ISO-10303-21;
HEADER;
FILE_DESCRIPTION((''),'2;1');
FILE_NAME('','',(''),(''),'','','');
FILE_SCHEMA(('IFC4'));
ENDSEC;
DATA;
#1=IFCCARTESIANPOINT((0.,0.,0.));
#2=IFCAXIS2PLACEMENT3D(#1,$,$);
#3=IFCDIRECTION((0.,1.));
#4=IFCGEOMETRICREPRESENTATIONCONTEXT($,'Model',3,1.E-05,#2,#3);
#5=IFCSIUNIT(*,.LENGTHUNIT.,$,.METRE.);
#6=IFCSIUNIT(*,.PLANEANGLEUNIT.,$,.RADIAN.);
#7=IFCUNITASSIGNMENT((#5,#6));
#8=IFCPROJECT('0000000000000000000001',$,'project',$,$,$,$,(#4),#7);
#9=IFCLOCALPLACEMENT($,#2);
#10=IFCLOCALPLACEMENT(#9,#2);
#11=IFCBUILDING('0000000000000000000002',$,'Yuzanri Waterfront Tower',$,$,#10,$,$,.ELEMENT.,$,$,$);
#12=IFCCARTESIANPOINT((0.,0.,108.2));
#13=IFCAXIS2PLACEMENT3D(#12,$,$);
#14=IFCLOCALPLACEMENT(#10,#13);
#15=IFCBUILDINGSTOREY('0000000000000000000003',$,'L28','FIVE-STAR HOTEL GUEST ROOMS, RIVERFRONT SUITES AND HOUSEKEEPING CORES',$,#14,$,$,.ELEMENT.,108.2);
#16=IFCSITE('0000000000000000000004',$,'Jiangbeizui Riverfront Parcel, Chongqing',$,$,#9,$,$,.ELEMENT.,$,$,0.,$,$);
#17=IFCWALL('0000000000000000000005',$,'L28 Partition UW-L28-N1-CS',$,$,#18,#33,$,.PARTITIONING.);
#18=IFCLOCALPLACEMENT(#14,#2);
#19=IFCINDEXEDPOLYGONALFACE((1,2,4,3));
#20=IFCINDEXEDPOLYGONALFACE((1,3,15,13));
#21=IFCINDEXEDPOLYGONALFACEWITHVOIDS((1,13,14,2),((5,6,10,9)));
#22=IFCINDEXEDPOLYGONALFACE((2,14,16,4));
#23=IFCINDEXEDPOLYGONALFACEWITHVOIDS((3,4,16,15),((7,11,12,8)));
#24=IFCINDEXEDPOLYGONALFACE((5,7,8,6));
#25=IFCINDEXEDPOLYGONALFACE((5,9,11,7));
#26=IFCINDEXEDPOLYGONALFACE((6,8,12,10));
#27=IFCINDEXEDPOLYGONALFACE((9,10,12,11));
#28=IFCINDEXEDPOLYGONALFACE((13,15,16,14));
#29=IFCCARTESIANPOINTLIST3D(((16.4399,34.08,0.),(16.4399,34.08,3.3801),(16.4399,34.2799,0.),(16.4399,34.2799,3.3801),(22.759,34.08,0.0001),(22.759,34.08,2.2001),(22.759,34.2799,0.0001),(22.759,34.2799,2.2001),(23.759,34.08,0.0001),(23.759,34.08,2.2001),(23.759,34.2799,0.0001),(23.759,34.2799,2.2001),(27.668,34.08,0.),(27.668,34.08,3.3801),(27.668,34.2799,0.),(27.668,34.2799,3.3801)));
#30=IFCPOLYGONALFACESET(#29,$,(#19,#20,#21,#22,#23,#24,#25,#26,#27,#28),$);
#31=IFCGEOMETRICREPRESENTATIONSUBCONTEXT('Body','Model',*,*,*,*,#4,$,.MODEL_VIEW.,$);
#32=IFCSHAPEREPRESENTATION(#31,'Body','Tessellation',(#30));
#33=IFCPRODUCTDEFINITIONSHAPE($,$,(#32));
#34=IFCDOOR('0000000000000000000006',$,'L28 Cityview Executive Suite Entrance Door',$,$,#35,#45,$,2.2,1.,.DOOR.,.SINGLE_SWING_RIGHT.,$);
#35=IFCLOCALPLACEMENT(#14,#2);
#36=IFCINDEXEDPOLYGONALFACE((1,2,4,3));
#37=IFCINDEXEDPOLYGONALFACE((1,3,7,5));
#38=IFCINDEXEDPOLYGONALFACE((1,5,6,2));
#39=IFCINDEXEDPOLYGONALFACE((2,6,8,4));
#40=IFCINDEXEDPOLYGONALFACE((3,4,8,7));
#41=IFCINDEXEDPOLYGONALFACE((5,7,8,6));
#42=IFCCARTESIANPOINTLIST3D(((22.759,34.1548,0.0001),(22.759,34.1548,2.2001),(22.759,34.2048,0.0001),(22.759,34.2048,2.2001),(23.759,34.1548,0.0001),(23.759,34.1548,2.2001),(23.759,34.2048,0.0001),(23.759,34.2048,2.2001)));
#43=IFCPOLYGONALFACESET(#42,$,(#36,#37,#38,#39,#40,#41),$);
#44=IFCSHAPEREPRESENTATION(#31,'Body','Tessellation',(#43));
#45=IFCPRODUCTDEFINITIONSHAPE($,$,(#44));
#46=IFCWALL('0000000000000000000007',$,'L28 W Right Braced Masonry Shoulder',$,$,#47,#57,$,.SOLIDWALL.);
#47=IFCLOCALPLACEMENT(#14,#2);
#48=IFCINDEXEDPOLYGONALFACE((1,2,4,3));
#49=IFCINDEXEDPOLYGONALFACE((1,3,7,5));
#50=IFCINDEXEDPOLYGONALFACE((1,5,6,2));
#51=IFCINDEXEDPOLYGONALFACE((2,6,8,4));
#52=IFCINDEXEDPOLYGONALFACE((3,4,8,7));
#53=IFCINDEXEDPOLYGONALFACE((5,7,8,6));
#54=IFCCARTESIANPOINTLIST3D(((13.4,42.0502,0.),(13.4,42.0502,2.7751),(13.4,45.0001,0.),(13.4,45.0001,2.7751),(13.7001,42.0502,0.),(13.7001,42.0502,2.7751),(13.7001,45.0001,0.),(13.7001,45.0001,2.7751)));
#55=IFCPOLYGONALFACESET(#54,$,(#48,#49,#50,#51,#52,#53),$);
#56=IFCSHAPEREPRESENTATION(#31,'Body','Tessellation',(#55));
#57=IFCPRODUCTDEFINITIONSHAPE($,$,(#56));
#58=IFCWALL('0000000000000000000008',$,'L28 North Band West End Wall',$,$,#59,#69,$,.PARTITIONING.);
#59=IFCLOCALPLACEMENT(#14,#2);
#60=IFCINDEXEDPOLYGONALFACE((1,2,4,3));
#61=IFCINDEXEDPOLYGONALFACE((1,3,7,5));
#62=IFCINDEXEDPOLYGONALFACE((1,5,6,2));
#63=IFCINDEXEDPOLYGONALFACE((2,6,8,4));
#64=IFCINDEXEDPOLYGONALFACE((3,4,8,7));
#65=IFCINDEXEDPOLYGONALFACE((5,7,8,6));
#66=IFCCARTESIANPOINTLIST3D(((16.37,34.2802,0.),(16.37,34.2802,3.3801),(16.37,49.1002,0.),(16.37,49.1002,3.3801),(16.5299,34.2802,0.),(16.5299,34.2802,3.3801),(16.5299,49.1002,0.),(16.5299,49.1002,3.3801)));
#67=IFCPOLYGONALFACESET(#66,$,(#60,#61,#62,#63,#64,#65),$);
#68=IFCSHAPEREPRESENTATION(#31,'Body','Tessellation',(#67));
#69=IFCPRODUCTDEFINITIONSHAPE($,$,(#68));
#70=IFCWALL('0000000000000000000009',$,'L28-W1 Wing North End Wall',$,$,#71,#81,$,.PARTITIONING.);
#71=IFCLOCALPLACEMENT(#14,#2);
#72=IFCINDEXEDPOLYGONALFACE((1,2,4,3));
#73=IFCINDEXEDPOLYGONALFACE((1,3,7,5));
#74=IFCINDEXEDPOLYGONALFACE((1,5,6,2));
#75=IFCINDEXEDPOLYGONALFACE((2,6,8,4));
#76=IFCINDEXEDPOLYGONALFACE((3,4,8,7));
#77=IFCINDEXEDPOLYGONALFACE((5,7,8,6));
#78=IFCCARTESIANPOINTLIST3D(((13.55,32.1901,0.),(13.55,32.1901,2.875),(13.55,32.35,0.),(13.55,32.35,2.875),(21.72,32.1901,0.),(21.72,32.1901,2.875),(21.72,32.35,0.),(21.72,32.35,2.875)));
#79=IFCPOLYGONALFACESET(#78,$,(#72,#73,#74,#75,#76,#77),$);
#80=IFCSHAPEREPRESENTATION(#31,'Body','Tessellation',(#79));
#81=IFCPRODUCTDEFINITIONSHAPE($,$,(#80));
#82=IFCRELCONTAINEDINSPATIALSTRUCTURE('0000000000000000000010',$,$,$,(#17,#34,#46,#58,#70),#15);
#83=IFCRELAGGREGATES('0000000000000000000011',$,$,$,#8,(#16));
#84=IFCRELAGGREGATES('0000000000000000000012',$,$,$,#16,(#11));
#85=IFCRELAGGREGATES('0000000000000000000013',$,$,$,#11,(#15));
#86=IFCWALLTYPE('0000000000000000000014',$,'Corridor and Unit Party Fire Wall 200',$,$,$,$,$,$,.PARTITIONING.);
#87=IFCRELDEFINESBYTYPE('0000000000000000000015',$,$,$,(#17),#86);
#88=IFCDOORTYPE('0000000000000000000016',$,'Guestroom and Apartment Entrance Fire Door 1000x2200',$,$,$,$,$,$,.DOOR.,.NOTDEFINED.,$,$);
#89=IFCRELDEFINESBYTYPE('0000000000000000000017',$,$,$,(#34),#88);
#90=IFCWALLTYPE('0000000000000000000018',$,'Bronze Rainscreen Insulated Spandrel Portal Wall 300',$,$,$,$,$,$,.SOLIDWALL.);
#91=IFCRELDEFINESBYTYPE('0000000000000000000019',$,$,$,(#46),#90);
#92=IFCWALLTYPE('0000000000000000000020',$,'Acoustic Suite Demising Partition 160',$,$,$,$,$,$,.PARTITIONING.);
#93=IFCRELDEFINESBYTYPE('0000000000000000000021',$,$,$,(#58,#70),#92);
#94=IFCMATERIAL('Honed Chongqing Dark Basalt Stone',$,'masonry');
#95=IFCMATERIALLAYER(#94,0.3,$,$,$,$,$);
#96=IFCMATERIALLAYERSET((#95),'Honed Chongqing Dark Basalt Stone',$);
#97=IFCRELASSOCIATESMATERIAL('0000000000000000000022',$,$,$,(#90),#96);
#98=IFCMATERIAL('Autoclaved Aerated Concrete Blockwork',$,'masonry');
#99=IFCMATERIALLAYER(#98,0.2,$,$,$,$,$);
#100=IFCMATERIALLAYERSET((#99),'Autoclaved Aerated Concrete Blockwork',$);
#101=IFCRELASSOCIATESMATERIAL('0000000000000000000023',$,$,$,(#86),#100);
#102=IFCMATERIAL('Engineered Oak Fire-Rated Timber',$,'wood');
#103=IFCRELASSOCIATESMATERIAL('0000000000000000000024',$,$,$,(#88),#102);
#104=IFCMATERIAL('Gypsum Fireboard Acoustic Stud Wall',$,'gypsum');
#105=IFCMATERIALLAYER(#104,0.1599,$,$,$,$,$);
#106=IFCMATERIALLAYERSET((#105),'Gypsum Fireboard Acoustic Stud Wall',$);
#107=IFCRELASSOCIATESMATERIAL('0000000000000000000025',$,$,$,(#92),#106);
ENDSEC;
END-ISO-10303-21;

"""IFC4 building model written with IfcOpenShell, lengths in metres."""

from ifc_helpers import new_model, si_unit, direction, frame, frame_2d, origin, place, context, subcontext, project, spatial, rectangle, extrude, source, transform, mapped, material, layer, layer_set, type_object, element, fill, save


model = new_model("IFC4")

# Units and contexts
model_context = context("Model", 3, precision=1e-05, world=origin(), true_north=direction((0.0, 1.0)))
body_context = subcontext(model_context, "Body", "Model", "MODEL_VIEW")
ifc_project = project(units=[si_unit("LENGTHUNIT", "METRE"), si_unit("PLANEANGLEUNIT", "RADIAN")], contexts=[model_context])

# Site, building, storey
site_placement = place(None, origin())
site = spatial("IfcSite", under=ifc_project, at=site_placement, Name="Jiangbeizui Riverfront Parcel, Chongqing", CompositionType="ELEMENT", RefElevation=0.0)
building_placement = place(site_placement, origin())
building = spatial("IfcBuilding", under=site, at=building_placement, Name="Yuzanri Waterfront Tower", CompositionType="ELEMENT")
storey_placement = place(building_placement, frame((0.0, 0.0, 108.2)))
storey = spatial("IfcBuildingStorey", under=building, at=storey_placement, Name="L28", Description="FIVE-STAR HOTEL GUEST ROOMS, RIVERFRONT SUITES AND HOUSEKEEPING CORES", CompositionType="ELEMENT", Elevation=108.2)

# Shared definitions
ifc_material_1 = material(Name="Honed Chongqing Dark Basalt Stone", Category="masonry")
ifc_layer_1 = layer(ifc_material_1, 0.3)
ifc_layer_set_1 = layer_set([ifc_layer_1], Name="Honed Chongqing Dark Basalt Stone")
wall_type_1 = type_object("IfcWallType", Name="Bronze Rainscreen Insulated Spandrel Portal Wall 300", PredefinedType="SOLIDWALL", material=ifc_layer_set_1)

# Wall, opening, door
ifc_material_2 = material(Name="Autoclaved Aerated Concrete Blockwork", Category="masonry")
ifc_layer_2 = layer(ifc_material_2, 0.2)
ifc_layer_set_2 = layer_set([ifc_layer_2], Name="Autoclaved Aerated Concrete Blockwork")
wall_type_2 = type_object("IfcWallType", Name="Corridor and Unit Party Fire Wall 200", PredefinedType="PARTITIONING", material=ifc_layer_set_2)
wall_1_placement = place(storey_placement, frame((16.4399, 34.1799, 0.0), z_axis=(0.0, 0.0, 1.0), x_axis=(1.0, 0.0, 0.0)))
wall_1 = element("IfcWall", 1, at=wall_1_placement, inside=storey, type_object=wall_type_2, Name="L28 Partition UW-L28-N1-CS", PredefinedType="PARTITIONING", context=body_context, shape_type="SweptSolid", body=[
    extrude(rectangle(XDim=11.228, YDim=0.2, at=frame_2d((5.614, 0.0))), origin(), (0.0, 0.0, 1.0), 3.3801),
])
opening_1_placement = place(wall_1_placement, frame((6.3191, 0.0, 0.0)))
opening_1 = element("IfcOpeningElement", 2, at=opening_1_placement, cuts=wall_1, PredefinedType="OPENING", context=body_context, shape_type="SweptSolid", body=[
    extrude(rectangle(XDim=1.0, YDim=2.2, at=frame_2d((0.5, 1.1001))), frame((0.0, 0.1147, 0.0), z_axis=(0.0, -1.0, 0.0), x_axis=(1.0, 0.0, 0.0)), (0.0, 0.0, 1.0), 0.2297),
])
ifc_material_3 = material(Name="Engineered Oak Fire-Rated Timber", Category="wood")
door_type_1 = type_object("IfcDoorType", Name="Guestroom and Apartment Entrance Fire Door 1000x2200", OperationType="NOTDEFINED", PredefinedType="DOOR", material=ifc_material_3)
shared_shape_1 = source(origin(), body_context, "Body", "SweptSolid", [
    extrude(rectangle(XDim=1.0, YDim=2.2, at=frame_2d((0.5, 1.1001))), frame((0.0, 0.0249, 0.0), z_axis=(0.0, -1.0, 0.0), x_axis=(1.0, 0.0, 0.0)), (0.0, 0.0, 1.0), 0.05),
])
door_1_placement = place(opening_1_placement, origin())
door_1 = element("IfcDoor", 3, at=door_1_placement, inside=storey, type_object=door_type_1, Name="L28 Cityview Executive Suite Entrance Door", OperationType="SINGLE_SWING_RIGHT", OverallHeight=2.2, OverallWidth=1.0, PredefinedType="DOOR", context=body_context, shape_type="MappedRepresentation", body=[
    mapped(shared_shape_1, transform((0.0, 0.0, 0.0), scale=1.0)),
])
fill(opening_1, door_1)

# Walls
shared_shape_2 = source(origin(), body_context, "Body", "SweptSolid", [
    extrude(rectangle(XDim=2.95, YDim=0.3, at=frame_2d((1.4751, 0.0))), origin(), (0.0, 0.0, 1.0), 2.7751),
])
wall_2_placement = place(storey_placement, frame((13.55, 42.05, 0.0), z_axis=(0.0, 0.0, 1.0), x_axis=(0.0, 1.0, 0.0)))
element("IfcWall", 4, at=wall_2_placement, inside=storey, type_object=wall_type_1, Name="L28 W Right Braced Masonry Shoulder", PredefinedType="SOLIDWALL", context=body_context, shape_type="MappedRepresentation", body=[
    mapped(shared_shape_2, transform((0.0, 0.0, 0.0), scale=1.0)),
])
ifc_material_4 = material(Name="Gypsum Fireboard Acoustic Stud Wall", Category="gypsum")
ifc_layer_3 = layer(ifc_material_4, 0.1599)
ifc_layer_set_3 = layer_set([ifc_layer_3], Name="Gypsum Fireboard Acoustic Stud Wall")
wall_type_3 = type_object("IfcWallType", Name="Acoustic Suite Demising Partition 160", PredefinedType="PARTITIONING", material=ifc_layer_set_3)
shared_shape_3 = source(origin(), body_context, "Body", "SweptSolid", [
    extrude(rectangle(XDim=14.8201, YDim=0.1599, at=frame_2d((7.4102, 0.0))), origin(), (0.0, 0.0, 1.0), 3.3801),
])
wall_3_placement = place(storey_placement, frame((16.45, 34.28, 0.0), z_axis=(0.0, 0.0, 1.0), x_axis=(0.0, 1.0, 0.0)))
element("IfcWall", 5, at=wall_3_placement, inside=storey, type_object=wall_type_3, Name="L28 North Band West End Wall", PredefinedType="PARTITIONING", context=body_context, shape_type="MappedRepresentation", body=[
    mapped(shared_shape_3, transform((0.0, 0.0, 0.0), scale=1.0)),
])
shared_shape_4 = source(origin(), body_context, "Body", "SweptSolid", [
    extrude(rectangle(XDim=8.1699, YDim=0.1599, at=frame_2d((4.085, 0.0))), origin(), (0.0, 0.0, 1.0), 2.875),
])
wall_4_placement = place(storey_placement, frame((13.55, 32.27, 0.0), z_axis=(0.0, 0.0, 1.0), x_axis=(1.0, 0.0, 0.0)))
element("IfcWall", 6, at=wall_4_placement, inside=storey, type_object=wall_type_3, Name="L28-W1 Wing North End Wall", PredefinedType="PARTITIONING", context=body_context, shape_type="MappedRepresentation", body=[
    mapped(shared_shape_4, transform((0.0, 0.0, 0.0), scale=1.0)),
])

save(model, "model.ifc")
